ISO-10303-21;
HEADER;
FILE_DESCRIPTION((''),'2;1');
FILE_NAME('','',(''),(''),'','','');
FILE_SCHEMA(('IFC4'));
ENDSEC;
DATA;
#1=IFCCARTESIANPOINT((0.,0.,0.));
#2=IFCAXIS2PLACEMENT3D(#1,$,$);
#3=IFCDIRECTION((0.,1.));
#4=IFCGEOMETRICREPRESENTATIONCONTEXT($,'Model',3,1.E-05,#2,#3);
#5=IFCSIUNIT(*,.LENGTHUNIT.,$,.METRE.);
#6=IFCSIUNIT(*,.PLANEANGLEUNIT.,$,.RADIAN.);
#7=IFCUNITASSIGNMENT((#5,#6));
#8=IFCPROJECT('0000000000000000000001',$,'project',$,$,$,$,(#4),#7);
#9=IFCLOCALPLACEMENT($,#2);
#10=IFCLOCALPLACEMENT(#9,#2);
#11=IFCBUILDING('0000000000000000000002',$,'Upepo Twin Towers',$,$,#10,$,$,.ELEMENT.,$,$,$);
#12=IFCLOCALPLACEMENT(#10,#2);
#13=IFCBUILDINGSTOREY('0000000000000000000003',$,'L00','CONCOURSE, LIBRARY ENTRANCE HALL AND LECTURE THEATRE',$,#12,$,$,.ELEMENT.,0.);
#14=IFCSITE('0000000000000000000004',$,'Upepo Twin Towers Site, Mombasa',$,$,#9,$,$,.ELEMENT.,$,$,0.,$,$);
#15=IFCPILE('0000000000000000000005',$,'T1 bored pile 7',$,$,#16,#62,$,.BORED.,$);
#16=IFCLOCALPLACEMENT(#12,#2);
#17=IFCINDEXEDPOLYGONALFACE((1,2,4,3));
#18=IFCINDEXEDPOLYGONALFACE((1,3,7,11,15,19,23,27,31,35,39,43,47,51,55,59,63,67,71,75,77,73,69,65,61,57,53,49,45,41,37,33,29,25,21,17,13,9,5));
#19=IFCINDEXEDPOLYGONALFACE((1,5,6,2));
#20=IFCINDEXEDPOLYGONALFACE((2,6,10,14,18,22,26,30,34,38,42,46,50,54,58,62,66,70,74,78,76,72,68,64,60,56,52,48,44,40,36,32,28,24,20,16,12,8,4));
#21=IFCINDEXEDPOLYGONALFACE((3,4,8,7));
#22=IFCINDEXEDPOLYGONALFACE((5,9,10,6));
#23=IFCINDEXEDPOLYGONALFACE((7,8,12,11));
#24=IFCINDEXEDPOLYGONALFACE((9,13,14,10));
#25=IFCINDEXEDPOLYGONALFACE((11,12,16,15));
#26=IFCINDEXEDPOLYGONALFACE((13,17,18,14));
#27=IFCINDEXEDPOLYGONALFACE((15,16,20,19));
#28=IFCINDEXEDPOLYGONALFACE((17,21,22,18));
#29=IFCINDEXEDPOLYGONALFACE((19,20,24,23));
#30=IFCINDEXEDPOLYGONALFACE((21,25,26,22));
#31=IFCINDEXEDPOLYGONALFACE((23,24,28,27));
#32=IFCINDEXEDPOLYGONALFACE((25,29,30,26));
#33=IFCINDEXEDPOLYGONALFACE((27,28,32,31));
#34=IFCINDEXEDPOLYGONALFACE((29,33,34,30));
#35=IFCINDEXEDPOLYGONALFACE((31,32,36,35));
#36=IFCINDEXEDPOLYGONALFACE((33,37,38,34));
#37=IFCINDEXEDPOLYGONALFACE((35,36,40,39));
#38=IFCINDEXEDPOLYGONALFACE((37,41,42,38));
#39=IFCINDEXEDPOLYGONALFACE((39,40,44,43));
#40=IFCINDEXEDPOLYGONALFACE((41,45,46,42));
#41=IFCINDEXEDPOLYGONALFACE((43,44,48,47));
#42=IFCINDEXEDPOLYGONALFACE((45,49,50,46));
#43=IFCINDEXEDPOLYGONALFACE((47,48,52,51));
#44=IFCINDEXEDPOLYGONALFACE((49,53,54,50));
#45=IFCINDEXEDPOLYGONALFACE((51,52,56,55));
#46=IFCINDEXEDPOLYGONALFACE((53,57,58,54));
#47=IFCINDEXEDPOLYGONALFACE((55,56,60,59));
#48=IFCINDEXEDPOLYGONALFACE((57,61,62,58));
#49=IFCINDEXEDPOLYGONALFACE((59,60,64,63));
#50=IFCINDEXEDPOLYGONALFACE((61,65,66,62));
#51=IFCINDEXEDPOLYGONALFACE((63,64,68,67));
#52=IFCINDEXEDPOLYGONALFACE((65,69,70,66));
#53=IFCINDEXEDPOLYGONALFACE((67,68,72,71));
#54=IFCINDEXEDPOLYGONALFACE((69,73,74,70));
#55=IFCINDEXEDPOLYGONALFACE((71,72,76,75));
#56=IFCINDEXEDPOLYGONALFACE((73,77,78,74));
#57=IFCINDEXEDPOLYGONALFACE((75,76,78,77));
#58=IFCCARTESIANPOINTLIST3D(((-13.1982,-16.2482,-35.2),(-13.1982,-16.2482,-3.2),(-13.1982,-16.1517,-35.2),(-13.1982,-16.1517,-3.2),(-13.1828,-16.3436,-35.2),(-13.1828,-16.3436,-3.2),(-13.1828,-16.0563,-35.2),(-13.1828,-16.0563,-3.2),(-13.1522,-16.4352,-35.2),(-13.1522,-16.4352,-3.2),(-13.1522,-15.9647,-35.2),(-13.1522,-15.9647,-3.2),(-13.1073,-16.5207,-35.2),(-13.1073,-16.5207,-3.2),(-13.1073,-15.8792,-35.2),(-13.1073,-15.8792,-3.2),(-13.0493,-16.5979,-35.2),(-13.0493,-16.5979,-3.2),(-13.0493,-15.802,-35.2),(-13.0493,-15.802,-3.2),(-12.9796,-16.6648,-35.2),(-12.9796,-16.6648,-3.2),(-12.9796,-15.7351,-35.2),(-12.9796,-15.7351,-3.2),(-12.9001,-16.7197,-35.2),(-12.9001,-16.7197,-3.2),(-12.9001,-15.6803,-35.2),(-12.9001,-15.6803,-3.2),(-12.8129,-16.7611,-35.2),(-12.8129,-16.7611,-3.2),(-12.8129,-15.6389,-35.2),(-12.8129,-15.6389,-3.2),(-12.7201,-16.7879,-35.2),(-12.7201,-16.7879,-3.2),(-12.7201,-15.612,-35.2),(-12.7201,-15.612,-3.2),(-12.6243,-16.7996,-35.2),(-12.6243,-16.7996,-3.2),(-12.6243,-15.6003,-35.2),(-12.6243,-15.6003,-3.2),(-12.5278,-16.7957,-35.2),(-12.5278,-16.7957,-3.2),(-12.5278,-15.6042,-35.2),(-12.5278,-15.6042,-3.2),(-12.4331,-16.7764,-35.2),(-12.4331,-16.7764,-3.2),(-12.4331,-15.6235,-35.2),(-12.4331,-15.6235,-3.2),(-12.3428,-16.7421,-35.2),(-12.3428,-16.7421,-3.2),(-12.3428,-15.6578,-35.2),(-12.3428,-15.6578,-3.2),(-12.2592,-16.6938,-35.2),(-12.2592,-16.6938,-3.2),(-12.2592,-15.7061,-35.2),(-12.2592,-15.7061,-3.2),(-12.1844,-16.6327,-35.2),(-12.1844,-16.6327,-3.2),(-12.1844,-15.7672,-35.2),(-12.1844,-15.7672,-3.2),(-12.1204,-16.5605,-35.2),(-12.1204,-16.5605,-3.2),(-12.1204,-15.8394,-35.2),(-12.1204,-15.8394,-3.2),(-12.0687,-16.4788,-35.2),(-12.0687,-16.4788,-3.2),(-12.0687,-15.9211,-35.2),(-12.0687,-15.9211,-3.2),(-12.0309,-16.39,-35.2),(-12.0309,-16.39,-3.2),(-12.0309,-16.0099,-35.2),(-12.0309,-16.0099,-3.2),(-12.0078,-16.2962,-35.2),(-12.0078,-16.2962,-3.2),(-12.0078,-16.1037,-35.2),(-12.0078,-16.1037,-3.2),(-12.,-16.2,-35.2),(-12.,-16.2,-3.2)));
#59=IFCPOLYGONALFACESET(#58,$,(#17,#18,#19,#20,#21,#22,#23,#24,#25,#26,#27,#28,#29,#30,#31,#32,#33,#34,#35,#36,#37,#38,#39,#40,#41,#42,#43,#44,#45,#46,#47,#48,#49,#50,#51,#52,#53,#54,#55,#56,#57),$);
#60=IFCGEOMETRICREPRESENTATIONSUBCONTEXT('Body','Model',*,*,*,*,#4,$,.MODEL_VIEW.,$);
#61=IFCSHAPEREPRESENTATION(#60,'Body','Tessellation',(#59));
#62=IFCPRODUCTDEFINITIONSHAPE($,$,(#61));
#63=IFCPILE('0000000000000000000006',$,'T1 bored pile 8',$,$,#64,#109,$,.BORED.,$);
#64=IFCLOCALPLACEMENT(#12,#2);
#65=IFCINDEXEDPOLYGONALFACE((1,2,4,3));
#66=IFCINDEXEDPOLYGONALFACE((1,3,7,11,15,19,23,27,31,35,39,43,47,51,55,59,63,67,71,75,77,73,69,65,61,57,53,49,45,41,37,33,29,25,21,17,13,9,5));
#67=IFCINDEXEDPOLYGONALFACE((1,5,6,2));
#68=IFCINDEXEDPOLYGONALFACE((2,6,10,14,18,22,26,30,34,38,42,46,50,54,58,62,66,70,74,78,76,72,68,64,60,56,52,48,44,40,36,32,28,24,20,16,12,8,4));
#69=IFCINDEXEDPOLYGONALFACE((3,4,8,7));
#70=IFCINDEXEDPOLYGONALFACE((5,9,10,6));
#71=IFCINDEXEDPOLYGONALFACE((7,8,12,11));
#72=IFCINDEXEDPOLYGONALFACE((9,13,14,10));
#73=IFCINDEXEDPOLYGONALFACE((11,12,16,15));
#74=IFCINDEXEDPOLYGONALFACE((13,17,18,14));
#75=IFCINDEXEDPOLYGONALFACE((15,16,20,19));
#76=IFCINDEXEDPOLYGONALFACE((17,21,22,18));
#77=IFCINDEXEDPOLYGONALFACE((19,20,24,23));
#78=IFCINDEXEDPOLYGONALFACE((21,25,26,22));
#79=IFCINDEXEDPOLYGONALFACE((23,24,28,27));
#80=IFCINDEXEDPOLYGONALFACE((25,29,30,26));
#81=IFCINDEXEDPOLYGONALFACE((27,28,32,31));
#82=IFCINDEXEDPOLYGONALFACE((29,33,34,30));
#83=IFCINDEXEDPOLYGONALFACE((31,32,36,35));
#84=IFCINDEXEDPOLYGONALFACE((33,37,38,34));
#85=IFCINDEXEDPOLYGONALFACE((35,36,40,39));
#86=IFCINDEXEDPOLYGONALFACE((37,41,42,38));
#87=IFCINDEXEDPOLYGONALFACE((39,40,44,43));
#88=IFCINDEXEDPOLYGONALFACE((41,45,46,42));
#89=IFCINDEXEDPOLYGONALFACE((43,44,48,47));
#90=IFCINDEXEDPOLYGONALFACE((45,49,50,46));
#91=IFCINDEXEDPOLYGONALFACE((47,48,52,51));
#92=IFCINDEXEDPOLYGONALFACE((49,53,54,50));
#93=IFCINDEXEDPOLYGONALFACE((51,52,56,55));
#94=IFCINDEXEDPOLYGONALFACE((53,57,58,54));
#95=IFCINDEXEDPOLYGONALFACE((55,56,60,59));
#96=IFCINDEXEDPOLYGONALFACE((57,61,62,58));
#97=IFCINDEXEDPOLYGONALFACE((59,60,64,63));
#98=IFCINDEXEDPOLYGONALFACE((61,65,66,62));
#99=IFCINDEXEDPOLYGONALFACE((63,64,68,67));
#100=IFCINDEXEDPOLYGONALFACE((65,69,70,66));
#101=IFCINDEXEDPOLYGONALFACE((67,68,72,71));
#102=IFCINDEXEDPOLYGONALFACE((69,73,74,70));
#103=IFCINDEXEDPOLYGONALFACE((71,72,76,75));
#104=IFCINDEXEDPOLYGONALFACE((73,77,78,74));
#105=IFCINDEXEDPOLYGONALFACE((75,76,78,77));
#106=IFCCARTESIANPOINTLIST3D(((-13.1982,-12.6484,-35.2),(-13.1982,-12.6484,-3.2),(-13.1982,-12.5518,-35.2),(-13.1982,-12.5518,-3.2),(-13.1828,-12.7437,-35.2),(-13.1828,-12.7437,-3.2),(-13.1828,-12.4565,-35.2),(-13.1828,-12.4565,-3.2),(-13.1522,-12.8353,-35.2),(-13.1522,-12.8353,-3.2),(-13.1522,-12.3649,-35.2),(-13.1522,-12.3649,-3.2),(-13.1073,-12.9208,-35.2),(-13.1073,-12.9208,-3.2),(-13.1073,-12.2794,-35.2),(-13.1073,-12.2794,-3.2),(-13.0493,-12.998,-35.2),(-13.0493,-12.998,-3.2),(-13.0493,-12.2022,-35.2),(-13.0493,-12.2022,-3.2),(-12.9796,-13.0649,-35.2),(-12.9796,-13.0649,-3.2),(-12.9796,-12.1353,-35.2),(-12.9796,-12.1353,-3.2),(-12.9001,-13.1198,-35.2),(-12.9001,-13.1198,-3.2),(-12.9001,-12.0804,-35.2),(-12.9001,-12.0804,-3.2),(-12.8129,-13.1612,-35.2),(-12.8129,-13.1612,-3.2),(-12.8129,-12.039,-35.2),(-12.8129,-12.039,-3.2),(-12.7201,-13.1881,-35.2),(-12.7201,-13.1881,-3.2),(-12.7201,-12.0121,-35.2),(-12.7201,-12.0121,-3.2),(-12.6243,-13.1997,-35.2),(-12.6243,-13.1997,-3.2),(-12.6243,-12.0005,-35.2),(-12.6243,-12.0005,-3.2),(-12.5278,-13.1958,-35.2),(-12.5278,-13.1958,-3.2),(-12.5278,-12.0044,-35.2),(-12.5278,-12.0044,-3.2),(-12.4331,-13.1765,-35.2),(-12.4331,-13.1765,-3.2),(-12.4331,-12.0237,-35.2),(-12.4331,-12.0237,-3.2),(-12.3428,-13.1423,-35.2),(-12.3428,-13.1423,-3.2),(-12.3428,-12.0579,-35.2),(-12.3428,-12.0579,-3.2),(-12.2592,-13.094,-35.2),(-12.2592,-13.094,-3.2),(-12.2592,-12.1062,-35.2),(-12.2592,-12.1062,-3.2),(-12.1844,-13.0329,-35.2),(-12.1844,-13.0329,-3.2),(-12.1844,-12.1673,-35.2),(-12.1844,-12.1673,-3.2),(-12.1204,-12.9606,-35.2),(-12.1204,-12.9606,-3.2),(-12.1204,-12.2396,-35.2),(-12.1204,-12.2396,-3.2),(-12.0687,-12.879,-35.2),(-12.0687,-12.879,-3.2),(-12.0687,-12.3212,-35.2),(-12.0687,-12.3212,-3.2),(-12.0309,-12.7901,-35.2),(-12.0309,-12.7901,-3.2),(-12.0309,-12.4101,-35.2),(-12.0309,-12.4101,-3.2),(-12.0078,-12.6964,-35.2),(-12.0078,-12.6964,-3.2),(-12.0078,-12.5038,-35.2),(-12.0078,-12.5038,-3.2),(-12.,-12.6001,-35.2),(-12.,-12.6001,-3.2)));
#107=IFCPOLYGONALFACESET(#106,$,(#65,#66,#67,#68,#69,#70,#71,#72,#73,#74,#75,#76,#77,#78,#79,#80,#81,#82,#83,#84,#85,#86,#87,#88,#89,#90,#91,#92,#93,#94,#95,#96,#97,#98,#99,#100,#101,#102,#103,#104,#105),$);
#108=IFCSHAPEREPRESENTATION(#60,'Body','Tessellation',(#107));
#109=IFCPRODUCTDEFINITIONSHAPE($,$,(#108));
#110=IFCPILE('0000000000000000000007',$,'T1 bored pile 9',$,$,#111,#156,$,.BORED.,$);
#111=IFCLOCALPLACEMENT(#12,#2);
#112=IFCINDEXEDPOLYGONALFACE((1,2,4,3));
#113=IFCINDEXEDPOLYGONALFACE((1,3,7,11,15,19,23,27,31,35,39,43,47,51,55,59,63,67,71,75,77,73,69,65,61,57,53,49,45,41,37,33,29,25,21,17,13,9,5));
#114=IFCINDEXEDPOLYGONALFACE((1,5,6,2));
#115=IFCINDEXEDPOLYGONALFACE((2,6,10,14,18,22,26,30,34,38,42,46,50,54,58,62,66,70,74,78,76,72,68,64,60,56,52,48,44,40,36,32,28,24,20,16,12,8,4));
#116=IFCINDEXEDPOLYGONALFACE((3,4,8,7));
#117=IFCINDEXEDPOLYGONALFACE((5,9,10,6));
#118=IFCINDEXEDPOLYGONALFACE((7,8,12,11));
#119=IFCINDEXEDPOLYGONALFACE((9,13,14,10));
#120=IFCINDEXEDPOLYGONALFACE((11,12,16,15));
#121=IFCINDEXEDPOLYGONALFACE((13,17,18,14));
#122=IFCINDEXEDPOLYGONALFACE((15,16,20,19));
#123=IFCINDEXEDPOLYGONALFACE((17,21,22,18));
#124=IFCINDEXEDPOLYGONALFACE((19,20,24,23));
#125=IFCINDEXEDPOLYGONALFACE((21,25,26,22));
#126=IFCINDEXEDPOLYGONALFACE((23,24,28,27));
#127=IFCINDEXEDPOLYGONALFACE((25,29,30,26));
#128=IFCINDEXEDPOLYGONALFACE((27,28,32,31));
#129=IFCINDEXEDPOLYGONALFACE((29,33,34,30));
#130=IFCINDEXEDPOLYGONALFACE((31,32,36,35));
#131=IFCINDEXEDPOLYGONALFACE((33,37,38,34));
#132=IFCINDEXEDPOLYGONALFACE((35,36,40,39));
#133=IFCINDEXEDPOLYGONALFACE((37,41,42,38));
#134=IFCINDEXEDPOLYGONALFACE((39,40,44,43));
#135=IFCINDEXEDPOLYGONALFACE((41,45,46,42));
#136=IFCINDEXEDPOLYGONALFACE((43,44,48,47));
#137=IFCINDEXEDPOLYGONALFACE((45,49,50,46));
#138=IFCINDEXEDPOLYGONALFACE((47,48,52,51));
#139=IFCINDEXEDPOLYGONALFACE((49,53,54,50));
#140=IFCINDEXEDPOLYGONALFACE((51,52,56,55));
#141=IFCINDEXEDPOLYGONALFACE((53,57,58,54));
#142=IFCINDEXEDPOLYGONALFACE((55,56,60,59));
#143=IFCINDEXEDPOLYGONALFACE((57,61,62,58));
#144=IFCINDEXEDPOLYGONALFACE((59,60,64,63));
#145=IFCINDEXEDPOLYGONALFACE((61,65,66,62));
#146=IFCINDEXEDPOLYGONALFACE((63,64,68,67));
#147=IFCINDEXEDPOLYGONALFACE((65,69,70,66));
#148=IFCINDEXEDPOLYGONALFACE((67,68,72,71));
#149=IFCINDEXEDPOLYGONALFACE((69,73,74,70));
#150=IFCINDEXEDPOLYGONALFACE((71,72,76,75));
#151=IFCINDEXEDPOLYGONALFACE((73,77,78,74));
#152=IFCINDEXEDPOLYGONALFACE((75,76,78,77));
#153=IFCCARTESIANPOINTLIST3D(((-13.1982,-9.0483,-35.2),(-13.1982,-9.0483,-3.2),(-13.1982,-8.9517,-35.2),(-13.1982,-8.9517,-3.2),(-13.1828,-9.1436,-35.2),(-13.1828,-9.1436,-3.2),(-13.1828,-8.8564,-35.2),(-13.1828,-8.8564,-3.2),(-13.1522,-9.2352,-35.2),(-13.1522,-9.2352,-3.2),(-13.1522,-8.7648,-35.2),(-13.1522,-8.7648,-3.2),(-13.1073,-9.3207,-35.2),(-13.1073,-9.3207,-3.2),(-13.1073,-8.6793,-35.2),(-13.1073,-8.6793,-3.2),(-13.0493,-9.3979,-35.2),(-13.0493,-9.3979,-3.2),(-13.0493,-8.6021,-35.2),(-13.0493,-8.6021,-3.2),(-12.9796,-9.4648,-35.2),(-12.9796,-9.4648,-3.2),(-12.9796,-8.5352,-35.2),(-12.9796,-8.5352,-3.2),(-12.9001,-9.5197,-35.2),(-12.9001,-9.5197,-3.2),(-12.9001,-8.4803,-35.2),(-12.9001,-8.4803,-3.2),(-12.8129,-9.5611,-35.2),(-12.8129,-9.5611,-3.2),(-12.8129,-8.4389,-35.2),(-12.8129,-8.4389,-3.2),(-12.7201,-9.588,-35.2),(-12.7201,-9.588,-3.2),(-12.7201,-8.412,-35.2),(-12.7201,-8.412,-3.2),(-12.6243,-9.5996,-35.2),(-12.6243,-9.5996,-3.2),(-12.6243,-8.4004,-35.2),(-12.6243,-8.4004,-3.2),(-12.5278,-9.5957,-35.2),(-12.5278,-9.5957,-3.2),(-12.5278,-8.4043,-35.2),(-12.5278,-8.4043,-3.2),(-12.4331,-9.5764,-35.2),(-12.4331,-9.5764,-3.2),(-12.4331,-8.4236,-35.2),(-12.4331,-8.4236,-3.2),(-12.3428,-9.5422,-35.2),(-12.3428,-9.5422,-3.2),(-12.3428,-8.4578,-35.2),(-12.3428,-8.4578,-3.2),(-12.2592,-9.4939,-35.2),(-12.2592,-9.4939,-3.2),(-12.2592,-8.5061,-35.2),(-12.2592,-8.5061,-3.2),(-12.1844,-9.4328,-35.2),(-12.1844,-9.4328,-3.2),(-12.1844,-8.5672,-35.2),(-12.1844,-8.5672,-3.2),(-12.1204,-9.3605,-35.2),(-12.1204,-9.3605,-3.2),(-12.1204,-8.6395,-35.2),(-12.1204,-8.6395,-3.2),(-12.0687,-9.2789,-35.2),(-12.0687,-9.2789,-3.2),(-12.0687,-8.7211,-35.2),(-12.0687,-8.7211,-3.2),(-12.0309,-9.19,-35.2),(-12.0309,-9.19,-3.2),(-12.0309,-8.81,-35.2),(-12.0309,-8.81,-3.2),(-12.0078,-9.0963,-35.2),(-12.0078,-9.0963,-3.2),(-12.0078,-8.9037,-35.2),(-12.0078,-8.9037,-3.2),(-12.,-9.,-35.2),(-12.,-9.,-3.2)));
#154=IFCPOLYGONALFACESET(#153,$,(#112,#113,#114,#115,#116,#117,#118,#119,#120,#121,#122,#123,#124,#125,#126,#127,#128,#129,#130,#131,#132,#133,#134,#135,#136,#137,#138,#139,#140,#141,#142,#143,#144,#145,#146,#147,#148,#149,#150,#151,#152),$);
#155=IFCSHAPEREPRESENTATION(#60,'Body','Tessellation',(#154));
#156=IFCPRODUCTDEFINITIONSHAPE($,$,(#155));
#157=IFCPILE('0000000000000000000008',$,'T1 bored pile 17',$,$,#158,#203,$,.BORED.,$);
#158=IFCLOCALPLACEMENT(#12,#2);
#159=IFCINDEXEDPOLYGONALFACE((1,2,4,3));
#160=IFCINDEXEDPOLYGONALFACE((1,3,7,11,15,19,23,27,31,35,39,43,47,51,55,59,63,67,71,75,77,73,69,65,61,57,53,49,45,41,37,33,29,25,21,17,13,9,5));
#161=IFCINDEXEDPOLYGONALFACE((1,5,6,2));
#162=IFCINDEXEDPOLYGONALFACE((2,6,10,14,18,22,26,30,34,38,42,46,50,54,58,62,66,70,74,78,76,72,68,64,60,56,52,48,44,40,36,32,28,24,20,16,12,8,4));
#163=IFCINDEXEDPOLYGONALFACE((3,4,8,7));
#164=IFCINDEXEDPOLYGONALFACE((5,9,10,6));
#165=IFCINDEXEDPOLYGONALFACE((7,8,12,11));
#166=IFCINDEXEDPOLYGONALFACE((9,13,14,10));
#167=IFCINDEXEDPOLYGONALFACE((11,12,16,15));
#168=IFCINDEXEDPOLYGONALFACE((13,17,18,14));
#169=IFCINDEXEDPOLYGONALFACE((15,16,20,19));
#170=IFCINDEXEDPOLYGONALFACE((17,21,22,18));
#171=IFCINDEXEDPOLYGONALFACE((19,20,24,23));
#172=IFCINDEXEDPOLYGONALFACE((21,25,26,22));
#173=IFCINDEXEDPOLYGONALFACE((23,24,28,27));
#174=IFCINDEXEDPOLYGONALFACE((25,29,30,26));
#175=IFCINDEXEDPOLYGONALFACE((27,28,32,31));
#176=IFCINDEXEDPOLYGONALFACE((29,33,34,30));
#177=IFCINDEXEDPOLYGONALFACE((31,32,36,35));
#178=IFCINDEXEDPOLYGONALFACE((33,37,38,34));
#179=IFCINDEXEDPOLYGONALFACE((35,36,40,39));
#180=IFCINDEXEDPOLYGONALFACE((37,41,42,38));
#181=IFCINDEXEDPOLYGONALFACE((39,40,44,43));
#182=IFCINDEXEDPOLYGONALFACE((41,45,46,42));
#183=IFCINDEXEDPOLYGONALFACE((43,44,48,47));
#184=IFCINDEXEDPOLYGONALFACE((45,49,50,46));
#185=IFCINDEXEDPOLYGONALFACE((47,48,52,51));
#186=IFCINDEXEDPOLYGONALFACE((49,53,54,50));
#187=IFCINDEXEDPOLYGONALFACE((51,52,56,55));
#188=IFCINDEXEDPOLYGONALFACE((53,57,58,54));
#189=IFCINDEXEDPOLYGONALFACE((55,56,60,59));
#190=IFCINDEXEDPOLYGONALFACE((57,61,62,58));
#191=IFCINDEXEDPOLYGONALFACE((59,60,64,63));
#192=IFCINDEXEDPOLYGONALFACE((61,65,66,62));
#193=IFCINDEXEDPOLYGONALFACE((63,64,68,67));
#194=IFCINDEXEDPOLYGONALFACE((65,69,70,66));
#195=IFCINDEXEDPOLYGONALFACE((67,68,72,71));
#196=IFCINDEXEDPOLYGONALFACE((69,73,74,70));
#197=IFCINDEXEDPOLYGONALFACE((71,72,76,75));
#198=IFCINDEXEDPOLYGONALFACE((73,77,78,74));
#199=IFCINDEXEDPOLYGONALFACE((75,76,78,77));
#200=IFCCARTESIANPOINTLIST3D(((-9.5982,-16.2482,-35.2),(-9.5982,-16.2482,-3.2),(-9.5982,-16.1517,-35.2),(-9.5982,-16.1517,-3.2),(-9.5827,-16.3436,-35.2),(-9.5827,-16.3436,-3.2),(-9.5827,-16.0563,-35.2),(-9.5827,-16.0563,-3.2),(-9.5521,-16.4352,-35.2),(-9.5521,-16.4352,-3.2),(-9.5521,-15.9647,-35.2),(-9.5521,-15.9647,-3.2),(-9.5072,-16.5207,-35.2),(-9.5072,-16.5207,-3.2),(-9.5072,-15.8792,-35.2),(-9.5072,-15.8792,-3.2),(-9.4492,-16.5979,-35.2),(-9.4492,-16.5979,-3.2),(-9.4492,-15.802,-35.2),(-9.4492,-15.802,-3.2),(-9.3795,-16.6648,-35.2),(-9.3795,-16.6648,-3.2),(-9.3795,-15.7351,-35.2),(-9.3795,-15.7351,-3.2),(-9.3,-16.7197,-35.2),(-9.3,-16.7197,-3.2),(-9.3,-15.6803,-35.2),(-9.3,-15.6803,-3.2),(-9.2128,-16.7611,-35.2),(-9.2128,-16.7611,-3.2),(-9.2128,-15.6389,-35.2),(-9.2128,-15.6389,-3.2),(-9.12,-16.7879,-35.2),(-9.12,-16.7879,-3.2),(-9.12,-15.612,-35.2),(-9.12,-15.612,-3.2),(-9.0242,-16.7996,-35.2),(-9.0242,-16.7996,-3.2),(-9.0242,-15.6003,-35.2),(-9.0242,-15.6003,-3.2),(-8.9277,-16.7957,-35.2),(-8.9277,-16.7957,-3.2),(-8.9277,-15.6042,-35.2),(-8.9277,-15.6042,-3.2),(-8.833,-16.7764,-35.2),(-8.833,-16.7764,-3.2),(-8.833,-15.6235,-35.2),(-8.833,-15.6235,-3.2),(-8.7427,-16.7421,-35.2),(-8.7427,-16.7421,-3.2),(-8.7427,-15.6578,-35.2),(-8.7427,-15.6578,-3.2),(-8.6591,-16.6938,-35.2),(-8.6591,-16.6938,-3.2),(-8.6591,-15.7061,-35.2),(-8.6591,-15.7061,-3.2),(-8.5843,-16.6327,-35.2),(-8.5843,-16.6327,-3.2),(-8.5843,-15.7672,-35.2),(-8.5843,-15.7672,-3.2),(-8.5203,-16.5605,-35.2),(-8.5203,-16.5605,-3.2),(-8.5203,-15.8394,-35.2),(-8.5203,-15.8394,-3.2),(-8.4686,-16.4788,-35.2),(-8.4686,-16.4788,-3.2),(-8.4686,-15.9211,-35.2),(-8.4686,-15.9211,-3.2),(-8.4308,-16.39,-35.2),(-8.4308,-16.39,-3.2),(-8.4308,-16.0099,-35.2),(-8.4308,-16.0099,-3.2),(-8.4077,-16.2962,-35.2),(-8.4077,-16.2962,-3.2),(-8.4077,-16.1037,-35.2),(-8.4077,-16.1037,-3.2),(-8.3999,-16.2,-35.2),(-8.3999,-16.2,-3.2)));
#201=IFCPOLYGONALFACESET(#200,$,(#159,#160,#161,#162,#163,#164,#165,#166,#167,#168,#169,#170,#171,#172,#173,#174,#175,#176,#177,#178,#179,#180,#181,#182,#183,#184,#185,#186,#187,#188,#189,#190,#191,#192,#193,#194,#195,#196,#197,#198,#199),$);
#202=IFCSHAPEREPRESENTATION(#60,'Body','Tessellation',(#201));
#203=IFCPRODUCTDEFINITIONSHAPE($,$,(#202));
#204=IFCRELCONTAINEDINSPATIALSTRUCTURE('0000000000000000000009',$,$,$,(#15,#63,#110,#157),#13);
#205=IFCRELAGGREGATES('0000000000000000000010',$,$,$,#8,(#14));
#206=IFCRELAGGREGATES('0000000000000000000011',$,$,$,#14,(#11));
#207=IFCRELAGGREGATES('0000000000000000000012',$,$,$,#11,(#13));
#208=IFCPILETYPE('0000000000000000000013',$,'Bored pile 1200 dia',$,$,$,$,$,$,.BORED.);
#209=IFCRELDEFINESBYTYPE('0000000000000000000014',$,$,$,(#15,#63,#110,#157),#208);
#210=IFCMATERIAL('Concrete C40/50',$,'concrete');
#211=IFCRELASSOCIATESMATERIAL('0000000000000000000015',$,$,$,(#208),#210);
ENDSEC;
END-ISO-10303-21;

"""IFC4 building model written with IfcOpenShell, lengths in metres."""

from ifc_helpers import new_model, si_unit, direction, frame, origin, origin_2d, place, context, subcontext, project, spatial, circle, extrude, material, type_object, element, save


model = new_model("IFC4")

# Units and contexts
model_context = context("Model", 3, precision=1e-05, world=origin(), true_north=direction((0.0, 1.0)))
body_context = subcontext(model_context, "Body", "Model", "MODEL_VIEW")
ifc_project = project(units=[si_unit("LENGTHUNIT", "METRE"), si_unit("PLANEANGLEUNIT", "RADIAN")], contexts=[model_context])

# Site, building, storey
site_placement = place(None, origin())
site = spatial("IfcSite", under=ifc_project, at=site_placement, Name="Upepo Twin Towers Site, Mombasa", CompositionType="ELEMENT", RefElevation=0.0)
building_placement = place(site_placement, origin())
building = spatial("IfcBuilding", under=site, at=building_placement, Name="Upepo Twin Towers", CompositionType="ELEMENT")
storey_placement = place(building_placement, origin())
storey = spatial("IfcBuildingStorey", under=building, at=storey_placement, Name="L00", Description="CONCOURSE, LIBRARY ENTRANCE HALL AND LECTURE THEATRE", CompositionType="ELEMENT", Elevation=0.0)

# Piles
ifc_material_1 = material(Name="Concrete C40/50", Category="concrete")
pile_type = type_object("IfcPileType", Name="Bored pile 1200 dia", PredefinedType="BORED", material=ifc_material_1)
for number, where, z_axis, x_axis, name in (
    (1, (-12.6001, -16.2, -3.2), (0.0, 0.0, -1.0), (1.0, 0.0, 0.0), "T1 bored pile 7"),
    (2, (-12.6001, -12.6001, -3.2), (0.0, 0.0, -1.0), (1.0, 0.0, 0.0), "T1 bored pile 8"),
    (3, (-12.6001, -9.0, -3.2), (0.0, 0.0, -1.0), (1.0, 0.0, 0.0), "T1 bored pile 9"),
    (4, (-9.0, -16.2, -3.2), (0.0, 0.0, -1.0), (1.0, 0.0, 0.0), "T1 bored pile 17"),
):
    element("IfcPile", number, at=place(storey_placement, frame(where, z_axis=z_axis, x_axis=x_axis)), inside=storey, type_object=pile_type, Name=name, PredefinedType="BORED", context=body_context, shape_type="SweptSolid", body=[
        extrude(circle(Radius=0.6001, at=origin_2d()), origin(), (0.0, 0.0, 1.0), 32.0),
    ])

save(model, "model.ifc")
